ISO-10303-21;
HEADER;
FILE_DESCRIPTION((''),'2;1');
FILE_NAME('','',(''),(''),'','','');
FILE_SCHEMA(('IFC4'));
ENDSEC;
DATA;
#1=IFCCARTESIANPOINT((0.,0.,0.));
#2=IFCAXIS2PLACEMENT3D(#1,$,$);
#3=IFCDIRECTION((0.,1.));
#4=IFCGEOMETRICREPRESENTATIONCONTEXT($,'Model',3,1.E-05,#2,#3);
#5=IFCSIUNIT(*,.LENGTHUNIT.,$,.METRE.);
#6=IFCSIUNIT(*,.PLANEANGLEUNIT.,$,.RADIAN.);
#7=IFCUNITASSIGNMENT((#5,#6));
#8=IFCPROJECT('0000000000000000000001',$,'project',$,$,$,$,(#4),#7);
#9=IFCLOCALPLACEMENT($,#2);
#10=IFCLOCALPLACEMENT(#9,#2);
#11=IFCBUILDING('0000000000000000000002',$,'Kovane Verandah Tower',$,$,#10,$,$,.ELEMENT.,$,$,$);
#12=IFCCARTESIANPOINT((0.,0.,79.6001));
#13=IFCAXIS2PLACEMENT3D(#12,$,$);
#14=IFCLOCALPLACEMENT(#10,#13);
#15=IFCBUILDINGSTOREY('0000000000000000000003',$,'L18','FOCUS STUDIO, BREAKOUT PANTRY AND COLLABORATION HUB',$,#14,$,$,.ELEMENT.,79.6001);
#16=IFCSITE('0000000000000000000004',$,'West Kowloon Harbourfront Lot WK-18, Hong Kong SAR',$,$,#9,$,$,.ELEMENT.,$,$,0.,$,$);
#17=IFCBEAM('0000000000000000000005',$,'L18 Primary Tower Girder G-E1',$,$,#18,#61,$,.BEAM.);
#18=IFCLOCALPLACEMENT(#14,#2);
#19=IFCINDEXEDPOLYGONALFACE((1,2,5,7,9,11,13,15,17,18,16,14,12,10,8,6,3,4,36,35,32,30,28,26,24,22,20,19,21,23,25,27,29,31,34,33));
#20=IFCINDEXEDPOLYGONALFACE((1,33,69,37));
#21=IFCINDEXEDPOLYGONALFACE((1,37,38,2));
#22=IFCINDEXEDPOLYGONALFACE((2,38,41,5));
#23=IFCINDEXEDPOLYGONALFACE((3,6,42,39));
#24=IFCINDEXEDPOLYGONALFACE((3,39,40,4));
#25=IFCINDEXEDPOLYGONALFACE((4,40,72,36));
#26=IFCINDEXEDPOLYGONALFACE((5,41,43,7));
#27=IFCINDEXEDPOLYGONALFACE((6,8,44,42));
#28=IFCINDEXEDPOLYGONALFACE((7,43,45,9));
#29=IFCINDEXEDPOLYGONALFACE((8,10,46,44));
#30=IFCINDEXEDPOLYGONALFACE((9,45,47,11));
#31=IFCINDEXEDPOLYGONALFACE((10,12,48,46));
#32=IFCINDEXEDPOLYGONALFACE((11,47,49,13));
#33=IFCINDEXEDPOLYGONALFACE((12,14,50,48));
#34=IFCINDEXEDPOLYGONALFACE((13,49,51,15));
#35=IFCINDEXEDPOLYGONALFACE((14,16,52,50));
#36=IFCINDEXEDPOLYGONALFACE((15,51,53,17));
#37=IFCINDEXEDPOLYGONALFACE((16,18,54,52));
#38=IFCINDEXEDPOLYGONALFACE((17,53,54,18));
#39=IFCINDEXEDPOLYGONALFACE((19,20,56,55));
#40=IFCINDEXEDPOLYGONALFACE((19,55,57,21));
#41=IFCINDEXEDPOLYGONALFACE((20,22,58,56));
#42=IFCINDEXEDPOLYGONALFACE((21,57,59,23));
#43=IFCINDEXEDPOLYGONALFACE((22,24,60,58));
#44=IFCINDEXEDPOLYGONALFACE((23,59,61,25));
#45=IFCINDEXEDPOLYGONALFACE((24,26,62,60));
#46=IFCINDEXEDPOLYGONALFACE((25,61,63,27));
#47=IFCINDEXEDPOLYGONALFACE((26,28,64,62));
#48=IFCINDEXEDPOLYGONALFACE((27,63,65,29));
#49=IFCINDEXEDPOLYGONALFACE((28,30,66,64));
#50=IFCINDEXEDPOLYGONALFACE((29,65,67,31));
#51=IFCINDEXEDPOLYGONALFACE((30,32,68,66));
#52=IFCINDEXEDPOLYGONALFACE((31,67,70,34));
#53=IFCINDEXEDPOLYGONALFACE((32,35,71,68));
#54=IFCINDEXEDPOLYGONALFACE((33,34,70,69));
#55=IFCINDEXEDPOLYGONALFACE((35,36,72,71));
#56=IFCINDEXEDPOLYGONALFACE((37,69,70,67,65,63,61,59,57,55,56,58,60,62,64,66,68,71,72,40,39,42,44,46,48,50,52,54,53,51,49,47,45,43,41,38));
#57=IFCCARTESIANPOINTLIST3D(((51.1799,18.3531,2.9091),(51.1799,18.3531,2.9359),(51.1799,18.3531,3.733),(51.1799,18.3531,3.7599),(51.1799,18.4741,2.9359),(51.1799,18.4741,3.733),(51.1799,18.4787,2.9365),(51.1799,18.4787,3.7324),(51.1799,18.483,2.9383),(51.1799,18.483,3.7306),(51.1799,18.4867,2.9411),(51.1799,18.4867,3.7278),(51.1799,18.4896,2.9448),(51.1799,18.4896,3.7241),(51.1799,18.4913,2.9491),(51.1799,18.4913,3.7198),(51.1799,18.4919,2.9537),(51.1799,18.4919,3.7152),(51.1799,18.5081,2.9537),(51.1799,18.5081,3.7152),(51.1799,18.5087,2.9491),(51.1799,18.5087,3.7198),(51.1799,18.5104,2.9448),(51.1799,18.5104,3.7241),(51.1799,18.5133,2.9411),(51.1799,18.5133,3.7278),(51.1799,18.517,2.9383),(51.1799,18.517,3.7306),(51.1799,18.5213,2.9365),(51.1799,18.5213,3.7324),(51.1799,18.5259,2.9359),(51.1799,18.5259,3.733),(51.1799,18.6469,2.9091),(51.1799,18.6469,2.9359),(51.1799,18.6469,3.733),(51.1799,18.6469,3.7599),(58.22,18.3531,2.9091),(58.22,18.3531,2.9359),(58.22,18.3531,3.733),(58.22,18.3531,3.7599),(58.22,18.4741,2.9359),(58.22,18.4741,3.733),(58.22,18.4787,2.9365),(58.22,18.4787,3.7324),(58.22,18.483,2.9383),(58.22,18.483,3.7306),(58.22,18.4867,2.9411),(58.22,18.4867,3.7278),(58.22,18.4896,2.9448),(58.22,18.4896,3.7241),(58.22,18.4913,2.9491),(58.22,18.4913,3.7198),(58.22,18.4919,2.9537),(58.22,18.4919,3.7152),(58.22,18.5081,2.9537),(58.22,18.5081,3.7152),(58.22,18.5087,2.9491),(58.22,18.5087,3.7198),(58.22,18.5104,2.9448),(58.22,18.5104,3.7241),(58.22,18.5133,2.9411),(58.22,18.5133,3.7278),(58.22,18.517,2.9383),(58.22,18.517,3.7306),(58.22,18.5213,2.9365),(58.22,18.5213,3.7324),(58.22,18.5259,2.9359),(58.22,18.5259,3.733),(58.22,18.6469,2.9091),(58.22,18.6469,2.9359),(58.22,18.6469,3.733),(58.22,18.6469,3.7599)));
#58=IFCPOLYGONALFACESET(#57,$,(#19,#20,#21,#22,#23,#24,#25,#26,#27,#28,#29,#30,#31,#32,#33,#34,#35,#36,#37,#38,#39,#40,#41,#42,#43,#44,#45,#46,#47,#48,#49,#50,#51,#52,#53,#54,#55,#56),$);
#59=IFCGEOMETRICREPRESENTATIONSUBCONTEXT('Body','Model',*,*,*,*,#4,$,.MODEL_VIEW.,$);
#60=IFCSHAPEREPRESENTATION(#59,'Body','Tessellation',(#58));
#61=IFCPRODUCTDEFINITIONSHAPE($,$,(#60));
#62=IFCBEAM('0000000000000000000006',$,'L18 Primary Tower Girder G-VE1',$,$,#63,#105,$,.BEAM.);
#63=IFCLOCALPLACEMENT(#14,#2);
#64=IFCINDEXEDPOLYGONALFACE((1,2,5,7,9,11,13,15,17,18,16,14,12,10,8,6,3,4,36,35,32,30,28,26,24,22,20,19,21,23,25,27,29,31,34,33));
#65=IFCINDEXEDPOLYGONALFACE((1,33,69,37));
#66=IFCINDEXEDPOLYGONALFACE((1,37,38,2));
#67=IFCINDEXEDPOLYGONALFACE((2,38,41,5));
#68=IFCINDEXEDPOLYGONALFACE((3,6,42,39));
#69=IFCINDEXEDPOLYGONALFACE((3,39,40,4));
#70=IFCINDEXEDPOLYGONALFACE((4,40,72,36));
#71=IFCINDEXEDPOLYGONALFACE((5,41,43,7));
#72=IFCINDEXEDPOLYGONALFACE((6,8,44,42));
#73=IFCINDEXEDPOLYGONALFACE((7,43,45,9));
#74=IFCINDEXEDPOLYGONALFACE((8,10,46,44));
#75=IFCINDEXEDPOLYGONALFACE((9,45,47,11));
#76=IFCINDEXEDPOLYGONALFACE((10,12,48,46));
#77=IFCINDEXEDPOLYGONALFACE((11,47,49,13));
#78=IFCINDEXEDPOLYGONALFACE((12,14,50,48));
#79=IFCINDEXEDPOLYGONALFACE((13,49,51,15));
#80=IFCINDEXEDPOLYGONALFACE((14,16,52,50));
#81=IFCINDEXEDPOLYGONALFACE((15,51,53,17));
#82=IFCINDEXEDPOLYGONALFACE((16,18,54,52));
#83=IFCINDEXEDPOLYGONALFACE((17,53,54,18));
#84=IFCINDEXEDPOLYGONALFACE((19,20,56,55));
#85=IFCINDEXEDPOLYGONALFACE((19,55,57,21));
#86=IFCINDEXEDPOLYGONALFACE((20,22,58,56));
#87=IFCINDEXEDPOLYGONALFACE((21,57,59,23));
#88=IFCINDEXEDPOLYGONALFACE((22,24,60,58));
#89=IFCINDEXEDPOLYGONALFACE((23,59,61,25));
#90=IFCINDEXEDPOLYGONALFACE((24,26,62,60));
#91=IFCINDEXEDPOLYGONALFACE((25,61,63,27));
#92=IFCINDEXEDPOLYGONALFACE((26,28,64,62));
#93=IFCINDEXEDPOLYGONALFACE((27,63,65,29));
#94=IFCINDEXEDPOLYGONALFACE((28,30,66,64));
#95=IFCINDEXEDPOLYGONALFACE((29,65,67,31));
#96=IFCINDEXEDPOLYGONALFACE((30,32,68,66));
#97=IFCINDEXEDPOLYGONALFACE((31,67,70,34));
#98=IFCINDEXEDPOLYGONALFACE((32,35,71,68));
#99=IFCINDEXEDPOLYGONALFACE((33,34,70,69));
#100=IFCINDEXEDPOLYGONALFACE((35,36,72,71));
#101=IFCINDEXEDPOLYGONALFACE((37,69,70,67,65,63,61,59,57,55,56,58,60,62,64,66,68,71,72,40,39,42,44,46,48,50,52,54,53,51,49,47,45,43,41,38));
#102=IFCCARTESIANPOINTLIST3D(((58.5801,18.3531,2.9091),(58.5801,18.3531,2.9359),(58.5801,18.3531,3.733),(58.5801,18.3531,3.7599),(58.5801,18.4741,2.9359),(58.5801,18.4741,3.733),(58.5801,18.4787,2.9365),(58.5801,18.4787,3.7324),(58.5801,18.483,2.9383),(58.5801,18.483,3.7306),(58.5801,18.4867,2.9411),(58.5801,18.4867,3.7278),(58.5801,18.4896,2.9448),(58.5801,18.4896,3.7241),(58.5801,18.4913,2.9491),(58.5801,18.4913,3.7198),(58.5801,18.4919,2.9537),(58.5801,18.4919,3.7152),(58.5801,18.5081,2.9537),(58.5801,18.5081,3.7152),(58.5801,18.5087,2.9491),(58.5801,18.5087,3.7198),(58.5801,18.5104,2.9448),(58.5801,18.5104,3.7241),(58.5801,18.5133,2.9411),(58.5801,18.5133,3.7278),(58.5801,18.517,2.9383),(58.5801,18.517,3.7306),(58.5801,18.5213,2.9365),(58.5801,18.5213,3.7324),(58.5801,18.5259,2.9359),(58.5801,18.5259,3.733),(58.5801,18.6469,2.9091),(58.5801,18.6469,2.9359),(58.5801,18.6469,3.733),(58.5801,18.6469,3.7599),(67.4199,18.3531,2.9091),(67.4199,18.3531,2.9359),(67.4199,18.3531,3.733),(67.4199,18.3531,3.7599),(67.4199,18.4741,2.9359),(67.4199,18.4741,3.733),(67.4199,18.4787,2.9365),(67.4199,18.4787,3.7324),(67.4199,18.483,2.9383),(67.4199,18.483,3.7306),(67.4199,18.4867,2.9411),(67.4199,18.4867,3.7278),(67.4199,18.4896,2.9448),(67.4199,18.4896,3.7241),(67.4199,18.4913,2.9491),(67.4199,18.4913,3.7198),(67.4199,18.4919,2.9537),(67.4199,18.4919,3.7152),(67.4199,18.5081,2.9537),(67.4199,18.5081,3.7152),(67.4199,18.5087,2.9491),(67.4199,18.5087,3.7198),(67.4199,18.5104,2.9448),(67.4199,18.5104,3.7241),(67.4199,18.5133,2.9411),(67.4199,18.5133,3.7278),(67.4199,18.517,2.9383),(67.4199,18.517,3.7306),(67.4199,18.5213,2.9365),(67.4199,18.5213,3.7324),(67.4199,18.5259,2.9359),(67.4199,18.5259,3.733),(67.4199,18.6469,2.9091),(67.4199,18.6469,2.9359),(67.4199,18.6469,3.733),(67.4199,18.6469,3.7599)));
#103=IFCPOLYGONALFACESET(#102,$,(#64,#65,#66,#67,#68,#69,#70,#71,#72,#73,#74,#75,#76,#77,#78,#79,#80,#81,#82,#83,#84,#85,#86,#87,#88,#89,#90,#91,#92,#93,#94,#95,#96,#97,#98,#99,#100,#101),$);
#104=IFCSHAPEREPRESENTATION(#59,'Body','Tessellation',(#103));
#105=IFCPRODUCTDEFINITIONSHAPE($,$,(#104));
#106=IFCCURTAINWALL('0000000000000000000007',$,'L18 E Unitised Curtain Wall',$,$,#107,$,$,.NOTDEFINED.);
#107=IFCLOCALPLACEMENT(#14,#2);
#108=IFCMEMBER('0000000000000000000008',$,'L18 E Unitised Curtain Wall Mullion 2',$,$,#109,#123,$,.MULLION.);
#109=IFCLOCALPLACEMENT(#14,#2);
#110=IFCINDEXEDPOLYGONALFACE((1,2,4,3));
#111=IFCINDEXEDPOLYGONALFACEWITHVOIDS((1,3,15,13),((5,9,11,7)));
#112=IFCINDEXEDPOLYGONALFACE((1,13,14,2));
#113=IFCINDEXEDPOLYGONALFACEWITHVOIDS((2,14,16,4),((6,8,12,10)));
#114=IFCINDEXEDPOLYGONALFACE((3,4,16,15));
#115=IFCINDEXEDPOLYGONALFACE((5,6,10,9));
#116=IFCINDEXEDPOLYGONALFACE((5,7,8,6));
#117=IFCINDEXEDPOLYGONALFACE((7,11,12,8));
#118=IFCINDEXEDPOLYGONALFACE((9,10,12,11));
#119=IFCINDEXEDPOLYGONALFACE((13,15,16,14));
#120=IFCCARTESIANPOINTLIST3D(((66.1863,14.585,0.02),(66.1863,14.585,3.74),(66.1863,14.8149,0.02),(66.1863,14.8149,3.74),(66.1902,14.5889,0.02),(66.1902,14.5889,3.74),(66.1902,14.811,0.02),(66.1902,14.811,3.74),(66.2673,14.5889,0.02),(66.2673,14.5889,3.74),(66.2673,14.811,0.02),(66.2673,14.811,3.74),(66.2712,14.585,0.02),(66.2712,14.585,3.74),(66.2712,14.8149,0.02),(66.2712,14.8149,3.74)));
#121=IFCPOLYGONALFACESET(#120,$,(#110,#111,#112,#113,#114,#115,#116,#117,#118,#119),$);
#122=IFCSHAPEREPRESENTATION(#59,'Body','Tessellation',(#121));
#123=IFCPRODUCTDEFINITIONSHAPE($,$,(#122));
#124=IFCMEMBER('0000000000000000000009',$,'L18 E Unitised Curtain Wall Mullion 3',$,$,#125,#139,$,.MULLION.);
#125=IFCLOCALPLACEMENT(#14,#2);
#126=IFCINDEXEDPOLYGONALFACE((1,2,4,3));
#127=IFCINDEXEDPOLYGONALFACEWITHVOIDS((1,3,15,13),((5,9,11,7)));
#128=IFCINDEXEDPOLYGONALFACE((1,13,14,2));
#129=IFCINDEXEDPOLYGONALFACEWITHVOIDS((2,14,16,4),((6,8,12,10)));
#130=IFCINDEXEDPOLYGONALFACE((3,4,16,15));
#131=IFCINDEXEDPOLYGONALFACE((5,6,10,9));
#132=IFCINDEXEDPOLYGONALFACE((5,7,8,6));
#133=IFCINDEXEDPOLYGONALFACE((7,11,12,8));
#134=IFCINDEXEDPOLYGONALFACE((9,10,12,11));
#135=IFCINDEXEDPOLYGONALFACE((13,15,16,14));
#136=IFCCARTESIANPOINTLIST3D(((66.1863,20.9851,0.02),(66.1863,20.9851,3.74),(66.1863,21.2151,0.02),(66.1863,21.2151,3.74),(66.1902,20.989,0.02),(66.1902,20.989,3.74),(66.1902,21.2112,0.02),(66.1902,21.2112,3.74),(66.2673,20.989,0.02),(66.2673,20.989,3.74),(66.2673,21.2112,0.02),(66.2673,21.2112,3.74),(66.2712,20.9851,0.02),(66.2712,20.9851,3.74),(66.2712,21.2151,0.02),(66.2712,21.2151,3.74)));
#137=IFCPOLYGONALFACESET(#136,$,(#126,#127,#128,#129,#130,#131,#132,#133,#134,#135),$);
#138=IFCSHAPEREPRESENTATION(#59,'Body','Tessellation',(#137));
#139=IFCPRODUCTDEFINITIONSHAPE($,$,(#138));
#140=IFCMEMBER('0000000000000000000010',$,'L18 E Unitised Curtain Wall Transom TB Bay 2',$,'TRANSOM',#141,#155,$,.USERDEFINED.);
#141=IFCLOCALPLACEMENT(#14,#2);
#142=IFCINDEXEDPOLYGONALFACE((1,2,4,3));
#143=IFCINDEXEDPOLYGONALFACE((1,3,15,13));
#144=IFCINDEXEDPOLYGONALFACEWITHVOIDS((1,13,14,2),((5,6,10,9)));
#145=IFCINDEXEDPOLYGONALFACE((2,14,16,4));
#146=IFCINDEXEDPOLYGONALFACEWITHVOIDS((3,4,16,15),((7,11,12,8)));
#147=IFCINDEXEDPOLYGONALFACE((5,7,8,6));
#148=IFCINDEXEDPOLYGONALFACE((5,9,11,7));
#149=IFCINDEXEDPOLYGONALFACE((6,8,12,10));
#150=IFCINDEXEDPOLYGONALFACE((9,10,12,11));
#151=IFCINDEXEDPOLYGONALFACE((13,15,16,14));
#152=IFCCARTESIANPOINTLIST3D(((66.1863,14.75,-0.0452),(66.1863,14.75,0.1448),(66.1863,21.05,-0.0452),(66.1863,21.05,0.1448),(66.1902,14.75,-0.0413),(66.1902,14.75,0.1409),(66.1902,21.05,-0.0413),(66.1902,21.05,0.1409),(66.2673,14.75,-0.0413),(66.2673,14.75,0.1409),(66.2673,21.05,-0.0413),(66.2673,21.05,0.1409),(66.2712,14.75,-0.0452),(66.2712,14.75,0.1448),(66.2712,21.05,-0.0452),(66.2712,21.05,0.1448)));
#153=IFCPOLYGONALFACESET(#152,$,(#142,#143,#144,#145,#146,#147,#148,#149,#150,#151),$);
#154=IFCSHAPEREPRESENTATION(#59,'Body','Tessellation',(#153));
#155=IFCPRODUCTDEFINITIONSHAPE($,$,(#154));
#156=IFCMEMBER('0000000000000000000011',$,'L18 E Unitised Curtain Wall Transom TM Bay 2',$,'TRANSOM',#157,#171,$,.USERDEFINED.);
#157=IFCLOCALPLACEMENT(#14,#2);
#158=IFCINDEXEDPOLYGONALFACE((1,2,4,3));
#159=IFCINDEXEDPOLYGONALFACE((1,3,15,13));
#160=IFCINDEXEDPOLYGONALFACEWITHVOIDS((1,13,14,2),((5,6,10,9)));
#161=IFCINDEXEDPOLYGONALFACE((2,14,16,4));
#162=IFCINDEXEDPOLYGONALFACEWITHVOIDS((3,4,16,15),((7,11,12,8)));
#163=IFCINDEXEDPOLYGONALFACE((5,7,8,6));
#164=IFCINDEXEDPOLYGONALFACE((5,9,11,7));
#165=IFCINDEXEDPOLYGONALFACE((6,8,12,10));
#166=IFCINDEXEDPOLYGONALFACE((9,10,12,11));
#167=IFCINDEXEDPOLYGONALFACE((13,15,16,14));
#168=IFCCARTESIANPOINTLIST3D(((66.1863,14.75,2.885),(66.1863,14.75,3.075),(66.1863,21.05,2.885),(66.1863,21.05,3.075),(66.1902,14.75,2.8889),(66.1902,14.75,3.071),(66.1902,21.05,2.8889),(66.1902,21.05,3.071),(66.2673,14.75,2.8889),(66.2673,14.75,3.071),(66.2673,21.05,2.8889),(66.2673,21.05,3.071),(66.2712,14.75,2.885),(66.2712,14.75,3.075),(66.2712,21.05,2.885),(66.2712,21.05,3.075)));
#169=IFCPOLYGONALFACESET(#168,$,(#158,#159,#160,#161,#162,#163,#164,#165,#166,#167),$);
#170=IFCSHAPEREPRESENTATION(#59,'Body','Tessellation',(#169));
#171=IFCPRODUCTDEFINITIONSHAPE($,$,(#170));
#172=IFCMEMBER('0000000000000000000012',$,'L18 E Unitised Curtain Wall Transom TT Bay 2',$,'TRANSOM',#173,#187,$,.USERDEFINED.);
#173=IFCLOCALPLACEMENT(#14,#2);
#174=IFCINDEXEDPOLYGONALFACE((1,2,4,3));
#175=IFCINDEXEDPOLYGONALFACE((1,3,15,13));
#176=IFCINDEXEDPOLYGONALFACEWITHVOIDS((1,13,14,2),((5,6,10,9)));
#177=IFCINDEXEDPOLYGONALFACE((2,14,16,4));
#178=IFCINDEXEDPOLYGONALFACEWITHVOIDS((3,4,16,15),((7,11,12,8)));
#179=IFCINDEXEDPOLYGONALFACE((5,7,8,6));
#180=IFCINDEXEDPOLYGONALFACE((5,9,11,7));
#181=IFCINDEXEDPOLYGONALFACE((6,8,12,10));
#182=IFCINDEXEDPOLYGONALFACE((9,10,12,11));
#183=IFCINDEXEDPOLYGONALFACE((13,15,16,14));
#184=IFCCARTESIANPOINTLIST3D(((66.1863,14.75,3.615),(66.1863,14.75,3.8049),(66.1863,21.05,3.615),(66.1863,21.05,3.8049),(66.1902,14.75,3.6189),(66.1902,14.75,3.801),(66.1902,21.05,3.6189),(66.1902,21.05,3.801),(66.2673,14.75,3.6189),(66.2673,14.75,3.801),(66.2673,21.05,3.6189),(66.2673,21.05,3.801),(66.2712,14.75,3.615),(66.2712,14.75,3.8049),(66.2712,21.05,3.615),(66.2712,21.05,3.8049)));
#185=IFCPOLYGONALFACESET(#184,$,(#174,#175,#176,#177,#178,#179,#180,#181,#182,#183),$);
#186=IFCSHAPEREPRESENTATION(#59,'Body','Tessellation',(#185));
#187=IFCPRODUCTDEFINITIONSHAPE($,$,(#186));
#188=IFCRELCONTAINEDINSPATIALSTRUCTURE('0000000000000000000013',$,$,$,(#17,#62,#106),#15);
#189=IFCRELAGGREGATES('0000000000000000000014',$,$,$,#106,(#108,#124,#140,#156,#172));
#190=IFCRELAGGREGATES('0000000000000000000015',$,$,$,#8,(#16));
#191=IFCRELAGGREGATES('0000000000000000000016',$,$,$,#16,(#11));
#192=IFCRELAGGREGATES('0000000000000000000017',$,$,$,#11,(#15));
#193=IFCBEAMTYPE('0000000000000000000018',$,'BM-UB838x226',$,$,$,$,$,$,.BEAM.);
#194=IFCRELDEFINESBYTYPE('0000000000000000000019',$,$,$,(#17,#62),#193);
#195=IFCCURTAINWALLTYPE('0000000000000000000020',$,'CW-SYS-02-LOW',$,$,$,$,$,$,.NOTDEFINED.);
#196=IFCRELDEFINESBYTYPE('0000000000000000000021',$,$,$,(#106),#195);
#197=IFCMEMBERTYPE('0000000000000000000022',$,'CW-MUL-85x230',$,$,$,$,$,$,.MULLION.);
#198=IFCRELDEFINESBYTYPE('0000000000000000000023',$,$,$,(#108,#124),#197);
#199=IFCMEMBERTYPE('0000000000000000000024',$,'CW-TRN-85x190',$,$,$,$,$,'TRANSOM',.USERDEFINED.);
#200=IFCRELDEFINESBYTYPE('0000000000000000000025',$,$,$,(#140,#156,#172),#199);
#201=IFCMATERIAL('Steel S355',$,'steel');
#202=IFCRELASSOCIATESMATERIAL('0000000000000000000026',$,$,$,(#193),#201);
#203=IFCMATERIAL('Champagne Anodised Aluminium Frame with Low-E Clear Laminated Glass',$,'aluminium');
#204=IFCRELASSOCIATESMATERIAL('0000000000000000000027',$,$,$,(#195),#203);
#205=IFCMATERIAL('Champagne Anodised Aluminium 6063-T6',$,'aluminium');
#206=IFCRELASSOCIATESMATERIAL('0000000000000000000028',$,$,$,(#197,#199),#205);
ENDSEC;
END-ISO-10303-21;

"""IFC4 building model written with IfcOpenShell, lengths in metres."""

from ifc_helpers import new_model, si_unit, direction, frame, origin, origin_2d, place, context, subcontext, project, spatial, hollow_rectangle, i_section, extrude, material, material_profile, profile_set, type_object, element, aggregate, save


model = new_model("IFC4")

# Units and contexts
model_context = context("Model", 3, precision=1e-05, world=origin(), true_north=direction((0.0, 1.0)))
body_context = subcontext(model_context, "Body", "Model", "MODEL_VIEW")
ifc_project = project(units=[si_unit("LENGTHUNIT", "METRE"), si_unit("PLANEANGLEUNIT", "RADIAN")], contexts=[model_context])

# Site, building, storey
site_placement = place(None, origin())
site = spatial("IfcSite", under=ifc_project, at=site_placement, Name="West Kowloon Harbourfront Lot WK-18, Hong Kong SAR", CompositionType="ELEMENT", RefElevation=0.0)
building_placement = place(site_placement, origin())
building = spatial("IfcBuilding", under=site, at=building_placement, Name="Kovane Verandah Tower", CompositionType="ELEMENT")
storey_placement = place(building_placement, frame((0.0, 0.0, 79.6001)))
storey = spatial("IfcBuildingStorey", under=building, at=storey_placement, Name="L18", Description="FOCUS STUDIO, BREAKOUT PANTRY AND COLLABORATION HUB", CompositionType="ELEMENT", Elevation=79.6001)

# Beams
ifc_material_1 = material(Name="Steel S355", Category="steel")
ifc_material_profile_1 = material_profile(ifc_material_1, i_section(OverallWidth=0.2937, OverallDepth=0.8508, WebThickness=0.0161, FlangeThickness=0.0269, FilletRadius=0.0178, at=origin_2d()), Name="UB838x292x226")
ifc_profile_set_1 = profile_set([ifc_material_profile_1], Name="Steel S355")
beam_type_1 = type_object("IfcBeamType", Name="BM-UB838x226", PredefinedType="BEAM", material=ifc_profile_set_1)
beam_1_placement = place(storey_placement, frame((51.1799, 18.5, 3.3345), z_axis=(1.0, 0.0, 0.0), x_axis=(0.0, 1.0, 0.0)))
element("IfcBeam", 1, at=beam_1_placement, inside=storey, type_object=beam_type_1, Name="L18 Primary Tower Girder G-E1", PredefinedType="BEAM", context=body_context, shape_type="SweptSolid", body=[
    extrude(i_section(OverallWidth=0.2937, OverallDepth=0.8508, WebThickness=0.0161, FlangeThickness=0.0269, FilletRadius=0.0178, at=origin_2d()), origin(), (0.0, 0.0, 1.0), 7.04),
])
beam_2_placement = place(storey_placement, frame((58.5801, 18.5, 3.3345), z_axis=(1.0, 0.0, 0.0), x_axis=(0.0, 1.0, 0.0)))
element("IfcBeam", 2, at=beam_2_placement, inside=storey, type_object=beam_type_1, Name="L18 Primary Tower Girder G-VE1", PredefinedType="BEAM", context=body_context, shape_type="SweptSolid", body=[
    extrude(i_section(OverallWidth=0.2937, OverallDepth=0.8508, WebThickness=0.0161, FlangeThickness=0.0269, FilletRadius=0.0178, at=origin_2d()), origin(), (0.0, 0.0, 1.0), 8.8398),
])

# Curtain wall, members
ifc_material_2 = material(Name="Champagne Anodised Aluminium Frame with Low-E Clear Laminated Glass", Category="aluminium")
curtain_wall_type = type_object("IfcCurtainWallType", Name="CW-SYS-02-LOW", PredefinedType="NOTDEFINED", material=ifc_material_2)
curtain_wall_placement = place(storey_placement, origin())
curtain_wall = element("IfcCurtainWall", 3, at=curtain_wall_placement, inside=storey, type_object=curtain_wall_type, Name="L18 E Unitised Curtain Wall", PredefinedType="NOTDEFINED")
ifc_material_3 = material(Name="Champagne Anodised Aluminium 6063-T6", Category="aluminium")
ifc_material_profile_2 = material_profile(ifc_material_3, hollow_rectangle(XDim=0.085, YDim=0.23, WallThickness=0.0039, at=origin_2d()), Name="AL85x230x4")
ifc_profile_set_2 = profile_set([ifc_material_profile_2], Name="Champagne Anodised Aluminium 6063-T6")
member_type_1 = type_object("IfcMemberType", Name="CW-MUL-85x230", PredefinedType="MULLION", material=ifc_profile_set_2)
member_1_placement = place(storey_placement, frame((66.2288, 14.7, 0.02), z_axis=(0.0, 0.0, 1.0), x_axis=(1.0, 0.0, 0.0)))
member_1 = element("IfcMember", 4, at=member_1_placement, type_object=member_type_1, Name="L18 E Unitised Curtain Wall Mullion 2", PredefinedType="MULLION", context=body_context, shape_type="SweptSolid", body=[
    extrude(hollow_rectangle(XDim=0.085, YDim=0.23, WallThickness=0.0039, at=origin_2d()), origin(), (0.0, 0.0, 1.0), 3.72),
])
member_2_placement = place(storey_placement, frame((66.2288, 21.1001, 0.02), z_axis=(0.0, 0.0, 1.0), x_axis=(1.0, 0.0, 0.0)))
member_2 = element("IfcMember", 5, at=member_2_placement, type_object=member_type_1, Name="L18 E Unitised Curtain Wall Mullion 3", PredefinedType="MULLION", context=body_context, shape_type="SweptSolid", body=[
    extrude(hollow_rectangle(XDim=0.085, YDim=0.23, WallThickness=0.0039, at=origin_2d()), origin(), (0.0, 0.0, 1.0), 3.72),
])
ifc_material_profile_3 = material_profile(ifc_material_3, hollow_rectangle(XDim=0.085, YDim=0.1899, WallThickness=0.0039, at=origin_2d()), Name="AL85x190x4")
ifc_profile_set_3 = profile_set([ifc_material_profile_3], Name="Champagne Anodised Aluminium 6063-T6")
member_type_2 = type_object("IfcMemberType", Name="CW-TRN-85x190", ElementType="TRANSOM", PredefinedType="USERDEFINED", material=ifc_profile_set_3)
member_3_placement = place(storey_placement, frame((66.2288, 14.75, 0.0498), z_axis=(0.0, 1.0, 0.0), x_axis=(-1.0, 0.0, 0.0)))
member_3 = element("IfcMember", 6, at=member_3_placement, type_object=member_type_2, Name="L18 E Unitised Curtain Wall Transom TB Bay 2", ObjectType="TRANSOM", PredefinedType="USERDEFINED", context=body_context, shape_type="SweptSolid", body=[
    extrude(hollow_rectangle(XDim=0.085, YDim=0.1899, WallThickness=0.0039, at=origin_2d()), origin(), (0.0, 0.0, 1.0), 6.3),
])
member_4_placement = place(storey_placement, frame((66.2288, 14.75, 2.98), z_axis=(0.0, 1.0, 0.0), x_axis=(-1.0, 0.0, 0.0)))
member_4 = element("IfcMember", 7, at=member_4_placement, type_object=member_type_2, Name="L18 E Unitised Curtain Wall Transom TM Bay 2", ObjectType="TRANSOM", PredefinedType="USERDEFINED", context=body_context, shape_type="SweptSolid", body=[
    extrude(hollow_rectangle(XDim=0.085, YDim=0.1899, WallThickness=0.0039, at=origin_2d()), origin(), (0.0, 0.0, 1.0), 6.3),
])
member_5_placement = place(storey_placement, frame((66.2288, 14.75, 3.71), z_axis=(0.0, 1.0, 0.0), x_axis=(-1.0, 0.0, 0.0)))
member_5 = element("IfcMember", 8, at=member_5_placement, type_object=member_type_2, Name="L18 E Unitised Curtain Wall Transom TT Bay 2", ObjectType="TRANSOM", PredefinedType="USERDEFINED", context=body_context, shape_type="SweptSolid", body=[
    extrude(hollow_rectangle(XDim=0.085, YDim=0.1899, WallThickness=0.0039, at=origin_2d()), origin(), (0.0, 0.0, 1.0), 6.3),
])

aggregate(curtain_wall, [member_1, member_2, member_3, member_4, member_5])

save(model, "model.ifc")
